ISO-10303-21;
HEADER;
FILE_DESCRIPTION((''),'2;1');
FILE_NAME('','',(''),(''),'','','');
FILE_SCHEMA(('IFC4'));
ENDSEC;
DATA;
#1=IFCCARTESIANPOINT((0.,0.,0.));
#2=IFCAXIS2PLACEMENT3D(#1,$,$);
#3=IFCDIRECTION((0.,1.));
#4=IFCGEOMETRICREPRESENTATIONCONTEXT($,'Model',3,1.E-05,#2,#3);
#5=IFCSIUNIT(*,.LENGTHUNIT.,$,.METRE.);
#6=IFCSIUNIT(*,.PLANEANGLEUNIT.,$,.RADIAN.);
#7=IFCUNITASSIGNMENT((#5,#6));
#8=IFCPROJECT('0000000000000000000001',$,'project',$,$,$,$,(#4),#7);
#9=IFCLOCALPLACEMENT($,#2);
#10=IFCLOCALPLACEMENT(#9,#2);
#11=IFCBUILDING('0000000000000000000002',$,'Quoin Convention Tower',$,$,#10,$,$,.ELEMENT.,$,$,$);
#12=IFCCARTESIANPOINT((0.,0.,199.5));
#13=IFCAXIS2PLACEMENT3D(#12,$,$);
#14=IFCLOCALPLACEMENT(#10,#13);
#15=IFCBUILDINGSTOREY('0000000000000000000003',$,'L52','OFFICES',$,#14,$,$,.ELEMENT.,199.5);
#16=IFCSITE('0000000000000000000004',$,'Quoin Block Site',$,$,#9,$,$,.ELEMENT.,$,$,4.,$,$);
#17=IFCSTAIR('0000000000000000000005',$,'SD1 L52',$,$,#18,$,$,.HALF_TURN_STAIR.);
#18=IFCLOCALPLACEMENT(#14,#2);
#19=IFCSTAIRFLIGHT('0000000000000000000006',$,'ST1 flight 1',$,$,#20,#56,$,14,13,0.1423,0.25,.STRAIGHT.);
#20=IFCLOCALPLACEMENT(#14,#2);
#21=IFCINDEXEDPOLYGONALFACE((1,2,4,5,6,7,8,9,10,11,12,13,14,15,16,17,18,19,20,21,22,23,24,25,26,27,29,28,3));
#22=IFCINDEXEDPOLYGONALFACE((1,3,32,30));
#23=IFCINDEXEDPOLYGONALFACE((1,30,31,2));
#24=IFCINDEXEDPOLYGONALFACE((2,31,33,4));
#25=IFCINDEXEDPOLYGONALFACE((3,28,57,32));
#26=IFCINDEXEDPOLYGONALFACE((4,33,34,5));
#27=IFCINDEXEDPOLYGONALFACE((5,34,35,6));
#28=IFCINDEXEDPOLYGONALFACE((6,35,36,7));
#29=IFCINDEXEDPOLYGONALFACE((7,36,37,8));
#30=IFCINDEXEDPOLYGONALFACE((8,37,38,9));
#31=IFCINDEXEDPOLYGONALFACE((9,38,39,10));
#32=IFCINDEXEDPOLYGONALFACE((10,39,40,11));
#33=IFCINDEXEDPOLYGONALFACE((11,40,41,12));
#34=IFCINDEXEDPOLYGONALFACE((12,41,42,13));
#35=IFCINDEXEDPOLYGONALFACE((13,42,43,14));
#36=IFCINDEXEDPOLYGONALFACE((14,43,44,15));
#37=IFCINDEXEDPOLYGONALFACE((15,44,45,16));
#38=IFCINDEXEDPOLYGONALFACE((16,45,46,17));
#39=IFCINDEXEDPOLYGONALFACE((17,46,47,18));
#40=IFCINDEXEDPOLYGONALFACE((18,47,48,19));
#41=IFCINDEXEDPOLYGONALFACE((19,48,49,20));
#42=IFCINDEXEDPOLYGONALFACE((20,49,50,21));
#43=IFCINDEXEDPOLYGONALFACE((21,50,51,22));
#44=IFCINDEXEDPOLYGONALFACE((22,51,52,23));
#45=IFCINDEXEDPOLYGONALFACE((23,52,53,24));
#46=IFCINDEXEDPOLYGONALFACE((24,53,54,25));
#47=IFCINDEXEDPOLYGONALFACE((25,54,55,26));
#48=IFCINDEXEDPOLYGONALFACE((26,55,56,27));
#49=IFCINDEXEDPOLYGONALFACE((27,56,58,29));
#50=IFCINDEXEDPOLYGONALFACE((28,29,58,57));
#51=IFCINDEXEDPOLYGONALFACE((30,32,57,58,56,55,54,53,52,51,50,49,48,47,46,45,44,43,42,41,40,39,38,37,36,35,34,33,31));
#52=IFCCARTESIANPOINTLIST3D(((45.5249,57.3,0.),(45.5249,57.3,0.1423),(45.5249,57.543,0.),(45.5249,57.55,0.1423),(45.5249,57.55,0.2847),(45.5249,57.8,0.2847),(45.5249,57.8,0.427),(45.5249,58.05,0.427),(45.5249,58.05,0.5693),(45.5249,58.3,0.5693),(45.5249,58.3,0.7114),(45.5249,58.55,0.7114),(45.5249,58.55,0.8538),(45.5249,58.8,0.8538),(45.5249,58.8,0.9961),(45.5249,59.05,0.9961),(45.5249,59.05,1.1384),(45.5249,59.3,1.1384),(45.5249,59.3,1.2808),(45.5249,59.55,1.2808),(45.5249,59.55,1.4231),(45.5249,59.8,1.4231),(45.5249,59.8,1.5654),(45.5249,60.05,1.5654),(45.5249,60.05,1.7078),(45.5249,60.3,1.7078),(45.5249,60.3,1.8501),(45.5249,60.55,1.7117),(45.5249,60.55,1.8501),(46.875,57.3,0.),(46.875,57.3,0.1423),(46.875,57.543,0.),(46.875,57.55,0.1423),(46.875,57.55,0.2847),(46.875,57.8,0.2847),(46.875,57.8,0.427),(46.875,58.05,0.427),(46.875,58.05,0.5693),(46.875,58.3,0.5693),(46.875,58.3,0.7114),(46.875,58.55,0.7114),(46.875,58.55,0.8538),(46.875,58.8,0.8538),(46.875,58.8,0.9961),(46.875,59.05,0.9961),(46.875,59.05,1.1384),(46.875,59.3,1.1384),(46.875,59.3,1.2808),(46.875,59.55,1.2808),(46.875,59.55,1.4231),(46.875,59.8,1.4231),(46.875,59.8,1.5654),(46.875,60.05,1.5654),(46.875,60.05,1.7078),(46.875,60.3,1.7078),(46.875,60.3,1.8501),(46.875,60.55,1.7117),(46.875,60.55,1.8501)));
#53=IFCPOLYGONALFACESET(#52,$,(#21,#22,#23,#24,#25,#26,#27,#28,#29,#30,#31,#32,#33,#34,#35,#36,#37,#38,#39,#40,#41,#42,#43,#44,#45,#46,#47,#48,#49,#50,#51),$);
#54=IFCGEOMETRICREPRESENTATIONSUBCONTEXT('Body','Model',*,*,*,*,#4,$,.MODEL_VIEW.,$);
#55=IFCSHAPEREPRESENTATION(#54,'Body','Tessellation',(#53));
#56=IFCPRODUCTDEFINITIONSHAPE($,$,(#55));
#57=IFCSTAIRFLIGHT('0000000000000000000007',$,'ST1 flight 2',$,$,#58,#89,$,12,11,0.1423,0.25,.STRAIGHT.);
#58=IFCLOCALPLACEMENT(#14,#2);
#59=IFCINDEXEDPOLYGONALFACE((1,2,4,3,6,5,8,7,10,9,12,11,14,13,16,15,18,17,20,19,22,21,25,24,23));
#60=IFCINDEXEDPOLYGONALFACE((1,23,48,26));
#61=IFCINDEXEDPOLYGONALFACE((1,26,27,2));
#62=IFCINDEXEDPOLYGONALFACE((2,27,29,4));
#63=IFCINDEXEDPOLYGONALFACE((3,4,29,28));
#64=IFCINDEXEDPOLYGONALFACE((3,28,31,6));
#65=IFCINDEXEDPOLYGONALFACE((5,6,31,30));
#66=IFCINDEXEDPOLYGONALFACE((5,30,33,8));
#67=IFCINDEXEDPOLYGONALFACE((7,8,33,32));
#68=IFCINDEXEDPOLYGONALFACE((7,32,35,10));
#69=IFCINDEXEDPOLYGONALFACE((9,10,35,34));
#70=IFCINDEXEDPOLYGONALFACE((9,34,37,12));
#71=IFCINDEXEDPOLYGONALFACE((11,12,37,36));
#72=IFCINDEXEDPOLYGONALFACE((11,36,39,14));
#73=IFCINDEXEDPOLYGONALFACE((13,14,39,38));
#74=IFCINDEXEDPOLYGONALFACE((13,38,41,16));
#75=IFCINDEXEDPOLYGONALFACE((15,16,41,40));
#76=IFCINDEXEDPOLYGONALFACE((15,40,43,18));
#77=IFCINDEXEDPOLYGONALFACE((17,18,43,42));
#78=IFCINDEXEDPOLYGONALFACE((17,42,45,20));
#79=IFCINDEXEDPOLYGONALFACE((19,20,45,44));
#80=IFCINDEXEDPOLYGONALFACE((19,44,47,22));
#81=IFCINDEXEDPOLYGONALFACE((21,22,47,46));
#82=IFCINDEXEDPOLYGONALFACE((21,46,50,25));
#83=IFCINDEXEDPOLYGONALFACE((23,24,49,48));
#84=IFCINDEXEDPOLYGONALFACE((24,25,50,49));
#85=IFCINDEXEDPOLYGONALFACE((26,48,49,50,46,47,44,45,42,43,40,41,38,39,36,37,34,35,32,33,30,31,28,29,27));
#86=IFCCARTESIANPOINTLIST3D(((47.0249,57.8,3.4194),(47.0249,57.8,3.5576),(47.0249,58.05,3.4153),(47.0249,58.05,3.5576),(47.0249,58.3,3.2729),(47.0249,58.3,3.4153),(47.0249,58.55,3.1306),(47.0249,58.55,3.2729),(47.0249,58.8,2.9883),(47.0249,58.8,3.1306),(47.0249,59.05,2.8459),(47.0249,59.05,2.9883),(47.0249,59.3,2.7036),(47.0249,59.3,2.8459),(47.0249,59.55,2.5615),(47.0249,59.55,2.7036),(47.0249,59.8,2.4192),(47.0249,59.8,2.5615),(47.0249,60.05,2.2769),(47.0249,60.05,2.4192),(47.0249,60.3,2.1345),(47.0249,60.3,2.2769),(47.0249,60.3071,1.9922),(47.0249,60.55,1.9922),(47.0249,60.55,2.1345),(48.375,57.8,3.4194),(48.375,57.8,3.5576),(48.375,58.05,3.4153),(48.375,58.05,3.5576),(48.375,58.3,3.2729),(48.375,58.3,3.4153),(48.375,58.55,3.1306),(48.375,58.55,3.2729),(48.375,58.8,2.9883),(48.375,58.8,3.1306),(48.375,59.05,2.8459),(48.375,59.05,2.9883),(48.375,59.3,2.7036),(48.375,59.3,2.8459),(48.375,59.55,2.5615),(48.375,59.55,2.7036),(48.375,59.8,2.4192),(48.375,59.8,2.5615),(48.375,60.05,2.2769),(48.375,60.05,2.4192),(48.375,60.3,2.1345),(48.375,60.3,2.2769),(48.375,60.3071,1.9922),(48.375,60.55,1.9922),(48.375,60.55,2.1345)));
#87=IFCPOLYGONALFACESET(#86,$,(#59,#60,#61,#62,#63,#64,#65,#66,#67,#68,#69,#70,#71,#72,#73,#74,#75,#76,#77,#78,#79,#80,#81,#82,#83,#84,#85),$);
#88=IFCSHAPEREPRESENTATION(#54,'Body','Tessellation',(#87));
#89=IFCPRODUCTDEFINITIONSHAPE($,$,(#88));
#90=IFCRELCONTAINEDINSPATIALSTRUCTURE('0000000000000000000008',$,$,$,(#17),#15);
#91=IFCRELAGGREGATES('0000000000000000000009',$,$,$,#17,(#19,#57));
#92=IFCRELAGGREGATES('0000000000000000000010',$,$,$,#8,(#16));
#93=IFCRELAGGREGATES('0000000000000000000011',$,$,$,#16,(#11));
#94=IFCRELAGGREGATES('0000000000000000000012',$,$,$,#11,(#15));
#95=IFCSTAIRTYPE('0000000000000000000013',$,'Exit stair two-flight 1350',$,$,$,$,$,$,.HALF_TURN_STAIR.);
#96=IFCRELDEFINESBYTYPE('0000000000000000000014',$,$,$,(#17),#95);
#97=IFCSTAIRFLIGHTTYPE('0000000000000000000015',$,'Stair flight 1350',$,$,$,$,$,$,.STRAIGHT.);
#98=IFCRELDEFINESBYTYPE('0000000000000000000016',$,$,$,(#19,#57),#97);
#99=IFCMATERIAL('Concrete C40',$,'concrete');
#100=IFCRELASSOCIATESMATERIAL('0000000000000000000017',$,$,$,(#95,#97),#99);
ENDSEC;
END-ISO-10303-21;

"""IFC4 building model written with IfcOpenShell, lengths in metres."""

from ifc_helpers import new_model, si_unit, direction, frame, origin, place, context, subcontext, project, spatial, polyline, outline, extrude, material, type_object, element, aggregate, save


model = new_model("IFC4")

# Units and contexts
model_context = context("Model", 3, precision=1e-05, world=origin(), true_north=direction((0.0, 1.0)))
body_context = subcontext(model_context, "Body", "Model", "MODEL_VIEW")
ifc_project = project(units=[si_unit("LENGTHUNIT", "METRE"), si_unit("PLANEANGLEUNIT", "RADIAN")], contexts=[model_context])

# Site, building, storey
site_placement = place(None, origin())
site = spatial("IfcSite", under=ifc_project, at=site_placement, Name="Quoin Block Site", CompositionType="ELEMENT", RefElevation=4.0)
building_placement = place(site_placement, origin())
building = spatial("IfcBuilding", under=site, at=building_placement, Name="Quoin Convention Tower", CompositionType="ELEMENT")
storey_placement = place(building_placement, frame((0.0, 0.0, 199.5)))
storey = spatial("IfcBuildingStorey", under=building, at=storey_placement, Name="L52", Description="OFFICES", CompositionType="ELEMENT", Elevation=199.5)

# Stair, stair flights
ifc_material_1 = material(Name="Concrete C40", Category="concrete")
stair_type = type_object("IfcStairType", Name="Exit stair two-flight 1350", PredefinedType="HALF_TURN_STAIR", material=ifc_material_1)
stair_placement = place(storey_placement, origin())
stair = element("IfcStair", 1, at=stair_placement, inside=storey, type_object=stair_type, Name="SD1 L52", PredefinedType="HALF_TURN_STAIR")
stair_flight_type = type_object("IfcStairFlightType", Name="Stair flight 1350", PredefinedType="STRAIGHT", material=ifc_material_1)
stair_flight_1_placement = place(storey_placement, frame((46.2, 57.3, 0.0), z_axis=(0.0, 0.0, 1.0), x_axis=(0.0, 1.0, 0.0)))
stair_flight_1 = element("IfcStairFlight", 2, at=stair_flight_1_placement, type_object=stair_flight_type, Name="ST1 flight 1", NumberOfRisers=14, NumberOfTreads=13, PredefinedType="STRAIGHT", RiserHeight=0.1423, TreadLength=0.25, context=body_context, shape_type="SweptSolid", body=[
    extrude(outline(polyline([(0.0, 0.0), (0.0, 0.1423), (0.25, 0.1423), (0.25, 0.2847), (0.5, 0.2847), (0.5, 0.427), (0.75, 0.427), (0.75, 0.5693), (1.0, 0.5693), (1.0, 0.7114), (1.25, 0.7114), (1.25, 0.8538), (1.5, 0.8538), (1.5, 0.9961), (1.75, 0.9961), (1.75, 1.1384), (2.0, 1.1384), (2.0, 1.2808), (2.25, 1.2808), (2.25, 1.4231), (2.5, 1.4231), (2.5, 1.5654), (2.75, 1.5654), (2.75, 1.7078), (3.0, 1.7078), (3.0, 1.8501), (3.25, 1.8501), (3.25, 1.9922), (3.25, 1.7117), (0.2429, 0.0), (0.0, 0.0)])), frame((0.0, 0.675, 0.0), z_axis=(0.0, -1.0, 0.0), x_axis=(1.0, 0.0, 0.0)), (0.0, 0.0, 1.0), 1.3501),
])
stair_flight_2_placement = place(storey_placement, frame((47.7, 60.55, 1.9922), z_axis=(0.0, 0.0, 1.0), x_axis=(0.0, -1.0, 0.0)))
stair_flight_2 = element("IfcStairFlight", 3, at=stair_flight_2_placement, type_object=stair_flight_type, Name="ST1 flight 2", NumberOfRisers=12, NumberOfTreads=11, PredefinedType="STRAIGHT", RiserHeight=0.1423, TreadLength=0.25, context=body_context, shape_type="SweptSolid", body=[
    extrude(outline(polyline([(0.0, 0.0), (0.0, 0.1423), (0.25, 0.1423), (0.25, 0.2847), (0.5, 0.2847), (0.5, 0.427), (0.75, 0.427), (0.75, 0.5693), (1.0, 0.5693), (1.0, 0.7114), (1.25, 0.7114), (1.25, 0.8538), (1.5, 0.8538), (1.5, 0.9961), (1.75, 0.9961), (1.75, 1.1384), (2.0, 1.1384), (2.0, 1.2808), (2.25, 1.2808), (2.25, 1.4231), (2.5, 1.4231), (2.5, 1.5654), (2.75, 1.5654), (2.75, 1.7078), (2.75, 1.4272), (0.2429, 0.0), (0.0, 0.0)])), frame((0.0, 0.675, 0.0), z_axis=(0.0, -1.0, 0.0), x_axis=(1.0, 0.0, 0.0)), (0.0, 0.0, 1.0), 1.3501),
])
aggregate(stair, [stair_flight_1, stair_flight_2])

save(model, "model.ifc")
